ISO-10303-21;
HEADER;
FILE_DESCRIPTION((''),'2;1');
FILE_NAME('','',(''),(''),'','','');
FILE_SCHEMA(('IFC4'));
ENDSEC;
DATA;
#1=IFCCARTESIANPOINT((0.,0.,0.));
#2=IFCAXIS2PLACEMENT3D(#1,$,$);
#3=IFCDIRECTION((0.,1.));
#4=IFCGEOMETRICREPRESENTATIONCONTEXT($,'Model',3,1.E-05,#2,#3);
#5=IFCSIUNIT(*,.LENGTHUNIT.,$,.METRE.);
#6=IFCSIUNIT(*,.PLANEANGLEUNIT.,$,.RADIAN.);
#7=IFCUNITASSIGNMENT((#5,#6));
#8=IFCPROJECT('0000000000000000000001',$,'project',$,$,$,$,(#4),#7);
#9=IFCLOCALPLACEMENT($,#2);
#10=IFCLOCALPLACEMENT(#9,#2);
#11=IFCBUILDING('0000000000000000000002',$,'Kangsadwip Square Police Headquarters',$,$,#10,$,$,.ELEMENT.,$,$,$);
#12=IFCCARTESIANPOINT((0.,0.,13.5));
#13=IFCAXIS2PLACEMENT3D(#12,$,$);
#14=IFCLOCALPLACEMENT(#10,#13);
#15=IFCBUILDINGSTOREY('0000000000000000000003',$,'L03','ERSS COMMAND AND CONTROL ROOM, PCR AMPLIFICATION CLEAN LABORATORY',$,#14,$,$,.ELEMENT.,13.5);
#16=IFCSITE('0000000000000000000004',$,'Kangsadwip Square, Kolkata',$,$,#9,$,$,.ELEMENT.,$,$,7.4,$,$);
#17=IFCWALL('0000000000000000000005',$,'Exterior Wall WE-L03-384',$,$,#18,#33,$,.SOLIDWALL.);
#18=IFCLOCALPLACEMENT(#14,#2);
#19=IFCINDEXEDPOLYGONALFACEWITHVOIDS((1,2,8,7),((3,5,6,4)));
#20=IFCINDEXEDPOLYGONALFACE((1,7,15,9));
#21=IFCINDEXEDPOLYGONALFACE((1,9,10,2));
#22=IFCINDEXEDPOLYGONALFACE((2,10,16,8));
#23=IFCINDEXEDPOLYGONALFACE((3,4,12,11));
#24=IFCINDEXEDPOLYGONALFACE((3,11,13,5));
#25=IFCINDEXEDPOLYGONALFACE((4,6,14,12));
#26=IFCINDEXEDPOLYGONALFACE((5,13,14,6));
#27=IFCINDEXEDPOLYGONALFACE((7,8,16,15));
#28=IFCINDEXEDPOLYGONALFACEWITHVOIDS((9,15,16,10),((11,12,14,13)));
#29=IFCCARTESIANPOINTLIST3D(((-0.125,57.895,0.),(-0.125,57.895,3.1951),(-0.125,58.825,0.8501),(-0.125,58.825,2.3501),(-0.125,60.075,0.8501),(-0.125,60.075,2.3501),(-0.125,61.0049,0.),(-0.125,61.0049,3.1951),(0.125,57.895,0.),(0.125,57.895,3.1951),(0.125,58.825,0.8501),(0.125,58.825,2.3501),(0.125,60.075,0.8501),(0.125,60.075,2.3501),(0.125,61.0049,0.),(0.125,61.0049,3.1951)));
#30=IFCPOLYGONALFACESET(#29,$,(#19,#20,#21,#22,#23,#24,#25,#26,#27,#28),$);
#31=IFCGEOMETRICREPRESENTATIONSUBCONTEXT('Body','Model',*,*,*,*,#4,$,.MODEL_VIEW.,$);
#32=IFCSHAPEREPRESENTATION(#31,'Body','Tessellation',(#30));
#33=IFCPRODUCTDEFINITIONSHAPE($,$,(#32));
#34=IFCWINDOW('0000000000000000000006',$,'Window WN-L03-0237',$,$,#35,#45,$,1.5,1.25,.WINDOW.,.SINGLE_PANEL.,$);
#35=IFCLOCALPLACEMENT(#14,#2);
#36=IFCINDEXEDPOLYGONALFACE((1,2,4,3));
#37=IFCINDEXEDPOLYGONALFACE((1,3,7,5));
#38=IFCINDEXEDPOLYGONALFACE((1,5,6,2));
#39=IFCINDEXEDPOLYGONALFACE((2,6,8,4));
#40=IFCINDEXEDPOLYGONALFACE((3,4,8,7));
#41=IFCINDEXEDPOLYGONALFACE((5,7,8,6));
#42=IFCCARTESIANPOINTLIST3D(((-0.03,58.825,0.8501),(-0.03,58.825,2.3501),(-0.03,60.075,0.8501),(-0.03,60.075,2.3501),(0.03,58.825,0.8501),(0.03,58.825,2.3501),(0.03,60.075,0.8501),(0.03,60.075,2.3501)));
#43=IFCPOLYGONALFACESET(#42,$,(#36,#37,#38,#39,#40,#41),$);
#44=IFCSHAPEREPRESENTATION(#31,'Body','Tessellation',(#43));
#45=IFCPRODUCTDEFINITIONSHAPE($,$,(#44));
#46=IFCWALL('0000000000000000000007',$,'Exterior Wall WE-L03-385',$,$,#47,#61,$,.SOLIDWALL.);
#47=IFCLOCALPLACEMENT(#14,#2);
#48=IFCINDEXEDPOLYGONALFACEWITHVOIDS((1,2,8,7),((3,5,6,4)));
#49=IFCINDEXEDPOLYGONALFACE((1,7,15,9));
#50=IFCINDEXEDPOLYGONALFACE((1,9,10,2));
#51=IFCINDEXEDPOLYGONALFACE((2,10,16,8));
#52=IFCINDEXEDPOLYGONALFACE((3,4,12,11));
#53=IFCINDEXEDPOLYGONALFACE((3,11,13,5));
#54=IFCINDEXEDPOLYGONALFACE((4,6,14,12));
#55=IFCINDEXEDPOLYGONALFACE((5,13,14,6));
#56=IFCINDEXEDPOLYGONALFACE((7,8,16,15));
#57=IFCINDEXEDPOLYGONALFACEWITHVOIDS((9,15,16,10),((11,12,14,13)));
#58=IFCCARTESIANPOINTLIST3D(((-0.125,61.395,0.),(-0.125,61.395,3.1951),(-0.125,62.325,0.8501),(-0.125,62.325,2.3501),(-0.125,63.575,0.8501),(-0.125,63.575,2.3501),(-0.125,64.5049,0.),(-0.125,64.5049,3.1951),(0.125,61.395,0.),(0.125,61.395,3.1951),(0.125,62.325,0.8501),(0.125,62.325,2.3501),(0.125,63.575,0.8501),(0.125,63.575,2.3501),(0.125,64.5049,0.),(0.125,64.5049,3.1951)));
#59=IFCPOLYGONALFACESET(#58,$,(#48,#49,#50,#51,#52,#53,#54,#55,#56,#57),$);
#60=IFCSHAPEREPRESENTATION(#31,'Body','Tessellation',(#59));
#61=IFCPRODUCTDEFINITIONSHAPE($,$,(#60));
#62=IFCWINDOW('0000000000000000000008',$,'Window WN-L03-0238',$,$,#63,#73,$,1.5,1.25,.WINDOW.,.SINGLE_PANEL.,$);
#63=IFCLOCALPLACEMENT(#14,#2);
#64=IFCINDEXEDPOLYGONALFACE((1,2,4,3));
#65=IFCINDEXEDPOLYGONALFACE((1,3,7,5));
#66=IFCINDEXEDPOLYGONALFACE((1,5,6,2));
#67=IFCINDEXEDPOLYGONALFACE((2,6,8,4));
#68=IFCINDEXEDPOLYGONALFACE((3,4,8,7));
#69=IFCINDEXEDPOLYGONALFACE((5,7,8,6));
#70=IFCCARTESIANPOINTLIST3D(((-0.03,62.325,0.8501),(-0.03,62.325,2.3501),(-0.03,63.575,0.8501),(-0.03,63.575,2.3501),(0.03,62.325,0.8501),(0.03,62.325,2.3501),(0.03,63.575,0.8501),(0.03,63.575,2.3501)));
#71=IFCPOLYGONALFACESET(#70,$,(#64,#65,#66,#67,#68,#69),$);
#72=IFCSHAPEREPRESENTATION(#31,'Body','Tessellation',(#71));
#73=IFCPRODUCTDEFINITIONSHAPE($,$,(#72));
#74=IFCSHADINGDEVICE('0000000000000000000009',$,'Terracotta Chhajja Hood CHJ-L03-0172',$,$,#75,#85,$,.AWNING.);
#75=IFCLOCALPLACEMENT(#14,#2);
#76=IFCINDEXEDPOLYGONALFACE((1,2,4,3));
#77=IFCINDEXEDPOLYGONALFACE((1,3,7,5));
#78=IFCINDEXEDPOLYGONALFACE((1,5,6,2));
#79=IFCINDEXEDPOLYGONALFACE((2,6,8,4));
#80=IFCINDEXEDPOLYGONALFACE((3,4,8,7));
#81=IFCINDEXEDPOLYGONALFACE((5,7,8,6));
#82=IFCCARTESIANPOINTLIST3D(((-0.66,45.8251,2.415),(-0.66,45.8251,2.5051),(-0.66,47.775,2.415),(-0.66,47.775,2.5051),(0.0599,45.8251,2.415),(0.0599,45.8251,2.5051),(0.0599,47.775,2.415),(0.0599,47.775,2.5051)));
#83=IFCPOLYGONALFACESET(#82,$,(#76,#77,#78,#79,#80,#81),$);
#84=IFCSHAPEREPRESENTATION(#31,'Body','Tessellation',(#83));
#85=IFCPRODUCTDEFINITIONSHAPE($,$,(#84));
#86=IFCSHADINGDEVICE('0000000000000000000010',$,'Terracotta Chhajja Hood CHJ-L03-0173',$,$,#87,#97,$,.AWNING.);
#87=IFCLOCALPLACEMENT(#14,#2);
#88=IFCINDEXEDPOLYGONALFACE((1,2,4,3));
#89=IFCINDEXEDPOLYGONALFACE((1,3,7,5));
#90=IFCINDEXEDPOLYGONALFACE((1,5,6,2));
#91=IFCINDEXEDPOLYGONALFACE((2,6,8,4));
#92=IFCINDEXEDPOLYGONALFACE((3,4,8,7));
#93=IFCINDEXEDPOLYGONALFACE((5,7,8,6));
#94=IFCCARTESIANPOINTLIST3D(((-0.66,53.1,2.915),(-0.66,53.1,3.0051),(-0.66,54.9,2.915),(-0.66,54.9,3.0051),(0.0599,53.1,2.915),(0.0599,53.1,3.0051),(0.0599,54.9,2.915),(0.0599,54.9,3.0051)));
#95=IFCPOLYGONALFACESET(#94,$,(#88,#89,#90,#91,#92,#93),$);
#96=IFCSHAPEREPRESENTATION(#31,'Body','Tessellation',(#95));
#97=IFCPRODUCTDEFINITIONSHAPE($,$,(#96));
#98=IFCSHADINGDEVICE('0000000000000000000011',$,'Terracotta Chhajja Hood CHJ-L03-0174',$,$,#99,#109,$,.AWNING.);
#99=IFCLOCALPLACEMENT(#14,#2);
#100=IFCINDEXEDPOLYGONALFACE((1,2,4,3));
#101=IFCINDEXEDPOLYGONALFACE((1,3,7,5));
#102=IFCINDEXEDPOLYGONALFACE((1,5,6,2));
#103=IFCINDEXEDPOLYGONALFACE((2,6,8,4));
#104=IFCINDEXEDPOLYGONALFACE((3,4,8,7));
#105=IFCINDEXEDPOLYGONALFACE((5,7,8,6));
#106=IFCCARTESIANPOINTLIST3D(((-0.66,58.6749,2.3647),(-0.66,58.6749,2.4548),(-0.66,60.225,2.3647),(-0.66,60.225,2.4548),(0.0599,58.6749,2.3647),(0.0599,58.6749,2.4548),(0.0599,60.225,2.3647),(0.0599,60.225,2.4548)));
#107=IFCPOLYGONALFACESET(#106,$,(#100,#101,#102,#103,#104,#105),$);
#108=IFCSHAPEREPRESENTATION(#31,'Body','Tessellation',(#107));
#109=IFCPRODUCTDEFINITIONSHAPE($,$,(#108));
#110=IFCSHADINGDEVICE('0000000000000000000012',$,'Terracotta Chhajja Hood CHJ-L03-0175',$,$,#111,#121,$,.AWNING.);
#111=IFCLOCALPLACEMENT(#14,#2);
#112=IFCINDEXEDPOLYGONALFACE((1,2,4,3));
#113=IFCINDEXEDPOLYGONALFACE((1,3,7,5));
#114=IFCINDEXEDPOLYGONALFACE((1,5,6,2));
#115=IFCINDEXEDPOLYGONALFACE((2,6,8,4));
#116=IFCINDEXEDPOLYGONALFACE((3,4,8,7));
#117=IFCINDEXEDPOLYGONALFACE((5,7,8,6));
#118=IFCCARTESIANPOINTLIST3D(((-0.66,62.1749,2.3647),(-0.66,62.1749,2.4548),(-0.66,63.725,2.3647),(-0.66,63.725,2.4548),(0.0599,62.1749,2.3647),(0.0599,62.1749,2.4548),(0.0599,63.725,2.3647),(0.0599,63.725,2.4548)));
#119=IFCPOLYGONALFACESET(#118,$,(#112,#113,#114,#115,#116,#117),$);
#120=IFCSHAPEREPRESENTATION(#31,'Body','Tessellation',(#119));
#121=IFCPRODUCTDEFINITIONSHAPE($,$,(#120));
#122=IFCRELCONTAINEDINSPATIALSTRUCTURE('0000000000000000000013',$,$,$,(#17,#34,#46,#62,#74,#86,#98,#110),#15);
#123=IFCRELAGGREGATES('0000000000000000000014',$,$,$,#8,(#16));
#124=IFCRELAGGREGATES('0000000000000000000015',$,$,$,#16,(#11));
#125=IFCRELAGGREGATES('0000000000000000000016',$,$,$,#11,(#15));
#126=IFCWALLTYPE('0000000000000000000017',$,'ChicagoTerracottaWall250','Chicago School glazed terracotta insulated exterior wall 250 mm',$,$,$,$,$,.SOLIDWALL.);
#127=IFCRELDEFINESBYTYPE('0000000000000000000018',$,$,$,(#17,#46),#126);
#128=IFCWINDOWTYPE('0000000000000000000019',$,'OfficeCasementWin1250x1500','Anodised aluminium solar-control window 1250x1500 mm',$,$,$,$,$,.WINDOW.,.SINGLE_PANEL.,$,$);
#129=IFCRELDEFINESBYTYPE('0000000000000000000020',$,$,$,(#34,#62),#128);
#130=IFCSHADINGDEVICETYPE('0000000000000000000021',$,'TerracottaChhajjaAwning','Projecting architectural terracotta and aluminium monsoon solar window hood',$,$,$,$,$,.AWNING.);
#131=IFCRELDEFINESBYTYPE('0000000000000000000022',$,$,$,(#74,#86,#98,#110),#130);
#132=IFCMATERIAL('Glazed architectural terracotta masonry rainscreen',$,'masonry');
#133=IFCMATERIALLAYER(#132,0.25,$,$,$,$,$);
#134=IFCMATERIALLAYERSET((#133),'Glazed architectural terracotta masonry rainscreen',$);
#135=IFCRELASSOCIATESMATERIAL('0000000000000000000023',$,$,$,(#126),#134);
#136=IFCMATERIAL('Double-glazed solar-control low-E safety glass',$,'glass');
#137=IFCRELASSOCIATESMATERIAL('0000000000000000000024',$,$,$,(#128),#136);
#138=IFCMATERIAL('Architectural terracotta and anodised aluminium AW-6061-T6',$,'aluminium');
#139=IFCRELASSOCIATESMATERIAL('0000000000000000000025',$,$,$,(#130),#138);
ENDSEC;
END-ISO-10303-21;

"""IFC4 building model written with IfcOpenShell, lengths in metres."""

from ifc_helpers import new_model, si_unit, direction, frame, frame_2d, origin, origin_2d, place, context, subcontext, project, spatial, rectangle, extrude, material, layer, layer_set, type_object, element, fill, save


model = new_model("IFC4")

# Units and contexts
model_context = context("Model", 3, precision=1e-05, world=origin(), true_north=direction((0.0, 1.0)))
body_context = subcontext(model_context, "Body", "Model", "MODEL_VIEW")
ifc_project = project(units=[si_unit("LENGTHUNIT", "METRE"), si_unit("PLANEANGLEUNIT", "RADIAN")], contexts=[model_context])

# Site, building, storey
site_placement = place(None, origin())
site = spatial("IfcSite", under=ifc_project, at=site_placement, Name="Kangsadwip Square, Kolkata", CompositionType="ELEMENT", RefElevation=7.4)
building_placement = place(site_placement, origin())
building = spatial("IfcBuilding", under=site, at=building_placement, Name="Kangsadwip Square Police Headquarters", CompositionType="ELEMENT")
storey_placement = place(building_placement, frame((0.0, 0.0, 13.5)))
storey = spatial("IfcBuildingStorey", under=building, at=storey_placement, Name="L03", Description="ERSS COMMAND AND CONTROL ROOM, PCR AMPLIFICATION CLEAN LABORATORY", CompositionType="ELEMENT", Elevation=13.5)

# Walls, openings, windows
ifc_material_1 = material(Name="Glazed architectural terracotta masonry rainscreen", Category="masonry")
ifc_layer = layer(ifc_material_1, 0.25)
ifc_layer_set = layer_set([ifc_layer], Name="Glazed architectural terracotta masonry rainscreen")
wall_type = type_object("IfcWallType", Name="ChicagoTerracottaWall250", Description="Chicago School glazed terracotta insulated exterior wall 250 mm", PredefinedType="SOLIDWALL", material=ifc_layer_set)
wall_1_placement = place(storey_placement, frame((0.0, 57.895, 0.0), z_axis=(0.0, 0.0, 1.0), x_axis=(0.0, 1.0, 0.0)))
wall_1 = element("IfcWall", 1, at=wall_1_placement, inside=storey, type_object=wall_type, Name="Exterior Wall WE-L03-384", PredefinedType="SOLIDWALL", context=body_context, shape_type="SweptSolid", body=[
    extrude(rectangle(XDim=3.1099, YDim=0.25, at=frame_2d((1.5549, 0.0))), origin(), (0.0, 0.0, 1.0), 3.1951),
])
opening_1_placement = place(wall_1_placement, frame((0.9299, 0.0, 0.8501)))
opening_1 = element("IfcOpeningElement", 2, at=opening_1_placement, cuts=wall_1, PredefinedType="OPENING", context=body_context, shape_type="SweptSolid", body=[
    extrude(rectangle(XDim=1.25, YDim=1.5, at=frame_2d((0.625, 0.75))), frame((0.0, 0.135, 0.0), z_axis=(0.0, -1.0, 0.0), x_axis=(1.0, 0.0, 0.0)), (0.0, 0.0, 1.0), 0.27),
])
ifc_material_2 = material(Name="Double-glazed solar-control low-E safety glass", Category="glass")
window_type_1 = type_object("IfcWindowType", Name="OfficeCasementWin1250x1500", Description="Anodised aluminium solar-control window 1250x1500 mm", PartitioningType="SINGLE_PANEL", PredefinedType="WINDOW", material=ifc_material_2)
window_1_placement = place(opening_1_placement, origin())
window_1 = element("IfcWindow", 3, at=window_1_placement, inside=storey, type_object=window_type_1, Name="Window WN-L03-0237", OverallHeight=1.5, OverallWidth=1.25, PartitioningType="SINGLE_PANEL", PredefinedType="WINDOW", context=body_context, shape_type="SweptSolid", body=[
    extrude(rectangle(XDim=1.25, YDim=1.5, at=frame_2d((0.625, 0.75))), frame((0.0, 0.03, 0.0), z_axis=(0.0, -1.0, 0.0), x_axis=(1.0, 0.0, 0.0)), (0.0, 0.0, 1.0), 0.0601),
])
fill(opening_1, window_1)
wall_2_placement = place(storey_placement, frame((0.0, 61.395, 0.0), z_axis=(0.0, 0.0, 1.0), x_axis=(0.0, 1.0, 0.0)))
wall_2 = element("IfcWall", 4, at=wall_2_placement, inside=storey, type_object=wall_type, Name="Exterior Wall WE-L03-385", PredefinedType="SOLIDWALL", context=body_context, shape_type="SweptSolid", body=[
    extrude(rectangle(XDim=3.1099, YDim=0.25, at=frame_2d((1.5549, 0.0))), origin(), (0.0, 0.0, 1.0), 3.1951),
])
opening_2_placement = place(wall_2_placement, frame((0.9299, 0.0, 0.8501)))
opening_2 = element("IfcOpeningElement", 5, at=opening_2_placement, cuts=wall_2, PredefinedType="OPENING", context=body_context, shape_type="SweptSolid", body=[
    extrude(rectangle(XDim=1.25, YDim=1.5, at=frame_2d((0.625, 0.75))), frame((0.0, 0.135, 0.0), z_axis=(0.0, -1.0, 0.0), x_axis=(1.0, 0.0, 0.0)), (0.0, 0.0, 1.0), 0.27),
])
window_2_placement = place(opening_2_placement, origin())
window_2 = element("IfcWindow", 6, at=window_2_placement, inside=storey, type_object=window_type_1, Name="Window WN-L03-0238", OverallHeight=1.5, OverallWidth=1.25, PartitioningType="SINGLE_PANEL", PredefinedType="WINDOW", context=body_context, shape_type="SweptSolid", body=[
    extrude(rectangle(XDim=1.25, YDim=1.5, at=frame_2d((0.625, 0.75))), frame((0.0, 0.03, 0.0), z_axis=(0.0, -1.0, 0.0), x_axis=(1.0, 0.0, 0.0)), (0.0, 0.0, 1.0), 0.0601),
])
fill(opening_2, window_2)

# Shading devices
ifc_material_3 = material(Name="Architectural terracotta and anodised aluminium AW-6061-T6", Category="aluminium")
shading_device_type = type_object("IfcShadingDeviceType", Name="TerracottaChhajjaAwning", Description="Projecting architectural terracotta and aluminium monsoon solar window hood", PredefinedType="AWNING", material=ifc_material_3)
shading_device_1_placement = place(storey_placement, frame((-0.3, 46.8, 2.415), z_axis=(0.0, 0.0, 1.0), x_axis=(0.0, 1.0, 0.0)))
element("IfcShadingDevice", 7, at=shading_device_1_placement, inside=storey, type_object=shading_device_type, Name="Terracotta Chhajja Hood CHJ-L03-0172", PredefinedType="AWNING", context=body_context, shape_type="SweptSolid", body=[
    extrude(rectangle(XDim=1.95, YDim=0.72, at=origin_2d()), origin(), (0.0, 0.0, 1.0), 0.0901),
])
shading_device_2_placement = place(storey_placement, frame((-0.3, 54.0, 2.915), z_axis=(0.0, 0.0, 1.0), x_axis=(0.0, 1.0, 0.0)))
element("IfcShadingDevice", 8, at=shading_device_2_placement, inside=storey, type_object=shading_device_type, Name="Terracotta Chhajja Hood CHJ-L03-0173", PredefinedType="AWNING", context=body_context, shape_type="SweptSolid", body=[
    extrude(rectangle(XDim=1.8, YDim=0.72, at=origin_2d()), origin(), (0.0, 0.0, 1.0), 0.0901),
])
for number, where, z_axis, x_axis, name in (
    (9, (-0.3, 59.45, 2.3647), (0.0, 0.0, 1.0), (0.0, 1.0, 0.0), "Terracotta Chhajja Hood CHJ-L03-0174"),
    (10, (-0.3, 62.95, 2.3647), (0.0, 0.0, 1.0), (0.0, 1.0, 0.0), "Terracotta Chhajja Hood CHJ-L03-0175"),
):
    element("IfcShadingDevice", number, at=place(storey_placement, frame(where, z_axis=z_axis, x_axis=x_axis)), inside=storey, type_object=shading_device_type, Name=name, PredefinedType="AWNING", context=body_context, shape_type="SweptSolid", body=[
        extrude(rectangle(XDim=1.55, YDim=0.72, at=origin_2d()), origin(), (0.0, 0.0, 1.0), 0.0901),
    ])

save(model, "model.ifc")
